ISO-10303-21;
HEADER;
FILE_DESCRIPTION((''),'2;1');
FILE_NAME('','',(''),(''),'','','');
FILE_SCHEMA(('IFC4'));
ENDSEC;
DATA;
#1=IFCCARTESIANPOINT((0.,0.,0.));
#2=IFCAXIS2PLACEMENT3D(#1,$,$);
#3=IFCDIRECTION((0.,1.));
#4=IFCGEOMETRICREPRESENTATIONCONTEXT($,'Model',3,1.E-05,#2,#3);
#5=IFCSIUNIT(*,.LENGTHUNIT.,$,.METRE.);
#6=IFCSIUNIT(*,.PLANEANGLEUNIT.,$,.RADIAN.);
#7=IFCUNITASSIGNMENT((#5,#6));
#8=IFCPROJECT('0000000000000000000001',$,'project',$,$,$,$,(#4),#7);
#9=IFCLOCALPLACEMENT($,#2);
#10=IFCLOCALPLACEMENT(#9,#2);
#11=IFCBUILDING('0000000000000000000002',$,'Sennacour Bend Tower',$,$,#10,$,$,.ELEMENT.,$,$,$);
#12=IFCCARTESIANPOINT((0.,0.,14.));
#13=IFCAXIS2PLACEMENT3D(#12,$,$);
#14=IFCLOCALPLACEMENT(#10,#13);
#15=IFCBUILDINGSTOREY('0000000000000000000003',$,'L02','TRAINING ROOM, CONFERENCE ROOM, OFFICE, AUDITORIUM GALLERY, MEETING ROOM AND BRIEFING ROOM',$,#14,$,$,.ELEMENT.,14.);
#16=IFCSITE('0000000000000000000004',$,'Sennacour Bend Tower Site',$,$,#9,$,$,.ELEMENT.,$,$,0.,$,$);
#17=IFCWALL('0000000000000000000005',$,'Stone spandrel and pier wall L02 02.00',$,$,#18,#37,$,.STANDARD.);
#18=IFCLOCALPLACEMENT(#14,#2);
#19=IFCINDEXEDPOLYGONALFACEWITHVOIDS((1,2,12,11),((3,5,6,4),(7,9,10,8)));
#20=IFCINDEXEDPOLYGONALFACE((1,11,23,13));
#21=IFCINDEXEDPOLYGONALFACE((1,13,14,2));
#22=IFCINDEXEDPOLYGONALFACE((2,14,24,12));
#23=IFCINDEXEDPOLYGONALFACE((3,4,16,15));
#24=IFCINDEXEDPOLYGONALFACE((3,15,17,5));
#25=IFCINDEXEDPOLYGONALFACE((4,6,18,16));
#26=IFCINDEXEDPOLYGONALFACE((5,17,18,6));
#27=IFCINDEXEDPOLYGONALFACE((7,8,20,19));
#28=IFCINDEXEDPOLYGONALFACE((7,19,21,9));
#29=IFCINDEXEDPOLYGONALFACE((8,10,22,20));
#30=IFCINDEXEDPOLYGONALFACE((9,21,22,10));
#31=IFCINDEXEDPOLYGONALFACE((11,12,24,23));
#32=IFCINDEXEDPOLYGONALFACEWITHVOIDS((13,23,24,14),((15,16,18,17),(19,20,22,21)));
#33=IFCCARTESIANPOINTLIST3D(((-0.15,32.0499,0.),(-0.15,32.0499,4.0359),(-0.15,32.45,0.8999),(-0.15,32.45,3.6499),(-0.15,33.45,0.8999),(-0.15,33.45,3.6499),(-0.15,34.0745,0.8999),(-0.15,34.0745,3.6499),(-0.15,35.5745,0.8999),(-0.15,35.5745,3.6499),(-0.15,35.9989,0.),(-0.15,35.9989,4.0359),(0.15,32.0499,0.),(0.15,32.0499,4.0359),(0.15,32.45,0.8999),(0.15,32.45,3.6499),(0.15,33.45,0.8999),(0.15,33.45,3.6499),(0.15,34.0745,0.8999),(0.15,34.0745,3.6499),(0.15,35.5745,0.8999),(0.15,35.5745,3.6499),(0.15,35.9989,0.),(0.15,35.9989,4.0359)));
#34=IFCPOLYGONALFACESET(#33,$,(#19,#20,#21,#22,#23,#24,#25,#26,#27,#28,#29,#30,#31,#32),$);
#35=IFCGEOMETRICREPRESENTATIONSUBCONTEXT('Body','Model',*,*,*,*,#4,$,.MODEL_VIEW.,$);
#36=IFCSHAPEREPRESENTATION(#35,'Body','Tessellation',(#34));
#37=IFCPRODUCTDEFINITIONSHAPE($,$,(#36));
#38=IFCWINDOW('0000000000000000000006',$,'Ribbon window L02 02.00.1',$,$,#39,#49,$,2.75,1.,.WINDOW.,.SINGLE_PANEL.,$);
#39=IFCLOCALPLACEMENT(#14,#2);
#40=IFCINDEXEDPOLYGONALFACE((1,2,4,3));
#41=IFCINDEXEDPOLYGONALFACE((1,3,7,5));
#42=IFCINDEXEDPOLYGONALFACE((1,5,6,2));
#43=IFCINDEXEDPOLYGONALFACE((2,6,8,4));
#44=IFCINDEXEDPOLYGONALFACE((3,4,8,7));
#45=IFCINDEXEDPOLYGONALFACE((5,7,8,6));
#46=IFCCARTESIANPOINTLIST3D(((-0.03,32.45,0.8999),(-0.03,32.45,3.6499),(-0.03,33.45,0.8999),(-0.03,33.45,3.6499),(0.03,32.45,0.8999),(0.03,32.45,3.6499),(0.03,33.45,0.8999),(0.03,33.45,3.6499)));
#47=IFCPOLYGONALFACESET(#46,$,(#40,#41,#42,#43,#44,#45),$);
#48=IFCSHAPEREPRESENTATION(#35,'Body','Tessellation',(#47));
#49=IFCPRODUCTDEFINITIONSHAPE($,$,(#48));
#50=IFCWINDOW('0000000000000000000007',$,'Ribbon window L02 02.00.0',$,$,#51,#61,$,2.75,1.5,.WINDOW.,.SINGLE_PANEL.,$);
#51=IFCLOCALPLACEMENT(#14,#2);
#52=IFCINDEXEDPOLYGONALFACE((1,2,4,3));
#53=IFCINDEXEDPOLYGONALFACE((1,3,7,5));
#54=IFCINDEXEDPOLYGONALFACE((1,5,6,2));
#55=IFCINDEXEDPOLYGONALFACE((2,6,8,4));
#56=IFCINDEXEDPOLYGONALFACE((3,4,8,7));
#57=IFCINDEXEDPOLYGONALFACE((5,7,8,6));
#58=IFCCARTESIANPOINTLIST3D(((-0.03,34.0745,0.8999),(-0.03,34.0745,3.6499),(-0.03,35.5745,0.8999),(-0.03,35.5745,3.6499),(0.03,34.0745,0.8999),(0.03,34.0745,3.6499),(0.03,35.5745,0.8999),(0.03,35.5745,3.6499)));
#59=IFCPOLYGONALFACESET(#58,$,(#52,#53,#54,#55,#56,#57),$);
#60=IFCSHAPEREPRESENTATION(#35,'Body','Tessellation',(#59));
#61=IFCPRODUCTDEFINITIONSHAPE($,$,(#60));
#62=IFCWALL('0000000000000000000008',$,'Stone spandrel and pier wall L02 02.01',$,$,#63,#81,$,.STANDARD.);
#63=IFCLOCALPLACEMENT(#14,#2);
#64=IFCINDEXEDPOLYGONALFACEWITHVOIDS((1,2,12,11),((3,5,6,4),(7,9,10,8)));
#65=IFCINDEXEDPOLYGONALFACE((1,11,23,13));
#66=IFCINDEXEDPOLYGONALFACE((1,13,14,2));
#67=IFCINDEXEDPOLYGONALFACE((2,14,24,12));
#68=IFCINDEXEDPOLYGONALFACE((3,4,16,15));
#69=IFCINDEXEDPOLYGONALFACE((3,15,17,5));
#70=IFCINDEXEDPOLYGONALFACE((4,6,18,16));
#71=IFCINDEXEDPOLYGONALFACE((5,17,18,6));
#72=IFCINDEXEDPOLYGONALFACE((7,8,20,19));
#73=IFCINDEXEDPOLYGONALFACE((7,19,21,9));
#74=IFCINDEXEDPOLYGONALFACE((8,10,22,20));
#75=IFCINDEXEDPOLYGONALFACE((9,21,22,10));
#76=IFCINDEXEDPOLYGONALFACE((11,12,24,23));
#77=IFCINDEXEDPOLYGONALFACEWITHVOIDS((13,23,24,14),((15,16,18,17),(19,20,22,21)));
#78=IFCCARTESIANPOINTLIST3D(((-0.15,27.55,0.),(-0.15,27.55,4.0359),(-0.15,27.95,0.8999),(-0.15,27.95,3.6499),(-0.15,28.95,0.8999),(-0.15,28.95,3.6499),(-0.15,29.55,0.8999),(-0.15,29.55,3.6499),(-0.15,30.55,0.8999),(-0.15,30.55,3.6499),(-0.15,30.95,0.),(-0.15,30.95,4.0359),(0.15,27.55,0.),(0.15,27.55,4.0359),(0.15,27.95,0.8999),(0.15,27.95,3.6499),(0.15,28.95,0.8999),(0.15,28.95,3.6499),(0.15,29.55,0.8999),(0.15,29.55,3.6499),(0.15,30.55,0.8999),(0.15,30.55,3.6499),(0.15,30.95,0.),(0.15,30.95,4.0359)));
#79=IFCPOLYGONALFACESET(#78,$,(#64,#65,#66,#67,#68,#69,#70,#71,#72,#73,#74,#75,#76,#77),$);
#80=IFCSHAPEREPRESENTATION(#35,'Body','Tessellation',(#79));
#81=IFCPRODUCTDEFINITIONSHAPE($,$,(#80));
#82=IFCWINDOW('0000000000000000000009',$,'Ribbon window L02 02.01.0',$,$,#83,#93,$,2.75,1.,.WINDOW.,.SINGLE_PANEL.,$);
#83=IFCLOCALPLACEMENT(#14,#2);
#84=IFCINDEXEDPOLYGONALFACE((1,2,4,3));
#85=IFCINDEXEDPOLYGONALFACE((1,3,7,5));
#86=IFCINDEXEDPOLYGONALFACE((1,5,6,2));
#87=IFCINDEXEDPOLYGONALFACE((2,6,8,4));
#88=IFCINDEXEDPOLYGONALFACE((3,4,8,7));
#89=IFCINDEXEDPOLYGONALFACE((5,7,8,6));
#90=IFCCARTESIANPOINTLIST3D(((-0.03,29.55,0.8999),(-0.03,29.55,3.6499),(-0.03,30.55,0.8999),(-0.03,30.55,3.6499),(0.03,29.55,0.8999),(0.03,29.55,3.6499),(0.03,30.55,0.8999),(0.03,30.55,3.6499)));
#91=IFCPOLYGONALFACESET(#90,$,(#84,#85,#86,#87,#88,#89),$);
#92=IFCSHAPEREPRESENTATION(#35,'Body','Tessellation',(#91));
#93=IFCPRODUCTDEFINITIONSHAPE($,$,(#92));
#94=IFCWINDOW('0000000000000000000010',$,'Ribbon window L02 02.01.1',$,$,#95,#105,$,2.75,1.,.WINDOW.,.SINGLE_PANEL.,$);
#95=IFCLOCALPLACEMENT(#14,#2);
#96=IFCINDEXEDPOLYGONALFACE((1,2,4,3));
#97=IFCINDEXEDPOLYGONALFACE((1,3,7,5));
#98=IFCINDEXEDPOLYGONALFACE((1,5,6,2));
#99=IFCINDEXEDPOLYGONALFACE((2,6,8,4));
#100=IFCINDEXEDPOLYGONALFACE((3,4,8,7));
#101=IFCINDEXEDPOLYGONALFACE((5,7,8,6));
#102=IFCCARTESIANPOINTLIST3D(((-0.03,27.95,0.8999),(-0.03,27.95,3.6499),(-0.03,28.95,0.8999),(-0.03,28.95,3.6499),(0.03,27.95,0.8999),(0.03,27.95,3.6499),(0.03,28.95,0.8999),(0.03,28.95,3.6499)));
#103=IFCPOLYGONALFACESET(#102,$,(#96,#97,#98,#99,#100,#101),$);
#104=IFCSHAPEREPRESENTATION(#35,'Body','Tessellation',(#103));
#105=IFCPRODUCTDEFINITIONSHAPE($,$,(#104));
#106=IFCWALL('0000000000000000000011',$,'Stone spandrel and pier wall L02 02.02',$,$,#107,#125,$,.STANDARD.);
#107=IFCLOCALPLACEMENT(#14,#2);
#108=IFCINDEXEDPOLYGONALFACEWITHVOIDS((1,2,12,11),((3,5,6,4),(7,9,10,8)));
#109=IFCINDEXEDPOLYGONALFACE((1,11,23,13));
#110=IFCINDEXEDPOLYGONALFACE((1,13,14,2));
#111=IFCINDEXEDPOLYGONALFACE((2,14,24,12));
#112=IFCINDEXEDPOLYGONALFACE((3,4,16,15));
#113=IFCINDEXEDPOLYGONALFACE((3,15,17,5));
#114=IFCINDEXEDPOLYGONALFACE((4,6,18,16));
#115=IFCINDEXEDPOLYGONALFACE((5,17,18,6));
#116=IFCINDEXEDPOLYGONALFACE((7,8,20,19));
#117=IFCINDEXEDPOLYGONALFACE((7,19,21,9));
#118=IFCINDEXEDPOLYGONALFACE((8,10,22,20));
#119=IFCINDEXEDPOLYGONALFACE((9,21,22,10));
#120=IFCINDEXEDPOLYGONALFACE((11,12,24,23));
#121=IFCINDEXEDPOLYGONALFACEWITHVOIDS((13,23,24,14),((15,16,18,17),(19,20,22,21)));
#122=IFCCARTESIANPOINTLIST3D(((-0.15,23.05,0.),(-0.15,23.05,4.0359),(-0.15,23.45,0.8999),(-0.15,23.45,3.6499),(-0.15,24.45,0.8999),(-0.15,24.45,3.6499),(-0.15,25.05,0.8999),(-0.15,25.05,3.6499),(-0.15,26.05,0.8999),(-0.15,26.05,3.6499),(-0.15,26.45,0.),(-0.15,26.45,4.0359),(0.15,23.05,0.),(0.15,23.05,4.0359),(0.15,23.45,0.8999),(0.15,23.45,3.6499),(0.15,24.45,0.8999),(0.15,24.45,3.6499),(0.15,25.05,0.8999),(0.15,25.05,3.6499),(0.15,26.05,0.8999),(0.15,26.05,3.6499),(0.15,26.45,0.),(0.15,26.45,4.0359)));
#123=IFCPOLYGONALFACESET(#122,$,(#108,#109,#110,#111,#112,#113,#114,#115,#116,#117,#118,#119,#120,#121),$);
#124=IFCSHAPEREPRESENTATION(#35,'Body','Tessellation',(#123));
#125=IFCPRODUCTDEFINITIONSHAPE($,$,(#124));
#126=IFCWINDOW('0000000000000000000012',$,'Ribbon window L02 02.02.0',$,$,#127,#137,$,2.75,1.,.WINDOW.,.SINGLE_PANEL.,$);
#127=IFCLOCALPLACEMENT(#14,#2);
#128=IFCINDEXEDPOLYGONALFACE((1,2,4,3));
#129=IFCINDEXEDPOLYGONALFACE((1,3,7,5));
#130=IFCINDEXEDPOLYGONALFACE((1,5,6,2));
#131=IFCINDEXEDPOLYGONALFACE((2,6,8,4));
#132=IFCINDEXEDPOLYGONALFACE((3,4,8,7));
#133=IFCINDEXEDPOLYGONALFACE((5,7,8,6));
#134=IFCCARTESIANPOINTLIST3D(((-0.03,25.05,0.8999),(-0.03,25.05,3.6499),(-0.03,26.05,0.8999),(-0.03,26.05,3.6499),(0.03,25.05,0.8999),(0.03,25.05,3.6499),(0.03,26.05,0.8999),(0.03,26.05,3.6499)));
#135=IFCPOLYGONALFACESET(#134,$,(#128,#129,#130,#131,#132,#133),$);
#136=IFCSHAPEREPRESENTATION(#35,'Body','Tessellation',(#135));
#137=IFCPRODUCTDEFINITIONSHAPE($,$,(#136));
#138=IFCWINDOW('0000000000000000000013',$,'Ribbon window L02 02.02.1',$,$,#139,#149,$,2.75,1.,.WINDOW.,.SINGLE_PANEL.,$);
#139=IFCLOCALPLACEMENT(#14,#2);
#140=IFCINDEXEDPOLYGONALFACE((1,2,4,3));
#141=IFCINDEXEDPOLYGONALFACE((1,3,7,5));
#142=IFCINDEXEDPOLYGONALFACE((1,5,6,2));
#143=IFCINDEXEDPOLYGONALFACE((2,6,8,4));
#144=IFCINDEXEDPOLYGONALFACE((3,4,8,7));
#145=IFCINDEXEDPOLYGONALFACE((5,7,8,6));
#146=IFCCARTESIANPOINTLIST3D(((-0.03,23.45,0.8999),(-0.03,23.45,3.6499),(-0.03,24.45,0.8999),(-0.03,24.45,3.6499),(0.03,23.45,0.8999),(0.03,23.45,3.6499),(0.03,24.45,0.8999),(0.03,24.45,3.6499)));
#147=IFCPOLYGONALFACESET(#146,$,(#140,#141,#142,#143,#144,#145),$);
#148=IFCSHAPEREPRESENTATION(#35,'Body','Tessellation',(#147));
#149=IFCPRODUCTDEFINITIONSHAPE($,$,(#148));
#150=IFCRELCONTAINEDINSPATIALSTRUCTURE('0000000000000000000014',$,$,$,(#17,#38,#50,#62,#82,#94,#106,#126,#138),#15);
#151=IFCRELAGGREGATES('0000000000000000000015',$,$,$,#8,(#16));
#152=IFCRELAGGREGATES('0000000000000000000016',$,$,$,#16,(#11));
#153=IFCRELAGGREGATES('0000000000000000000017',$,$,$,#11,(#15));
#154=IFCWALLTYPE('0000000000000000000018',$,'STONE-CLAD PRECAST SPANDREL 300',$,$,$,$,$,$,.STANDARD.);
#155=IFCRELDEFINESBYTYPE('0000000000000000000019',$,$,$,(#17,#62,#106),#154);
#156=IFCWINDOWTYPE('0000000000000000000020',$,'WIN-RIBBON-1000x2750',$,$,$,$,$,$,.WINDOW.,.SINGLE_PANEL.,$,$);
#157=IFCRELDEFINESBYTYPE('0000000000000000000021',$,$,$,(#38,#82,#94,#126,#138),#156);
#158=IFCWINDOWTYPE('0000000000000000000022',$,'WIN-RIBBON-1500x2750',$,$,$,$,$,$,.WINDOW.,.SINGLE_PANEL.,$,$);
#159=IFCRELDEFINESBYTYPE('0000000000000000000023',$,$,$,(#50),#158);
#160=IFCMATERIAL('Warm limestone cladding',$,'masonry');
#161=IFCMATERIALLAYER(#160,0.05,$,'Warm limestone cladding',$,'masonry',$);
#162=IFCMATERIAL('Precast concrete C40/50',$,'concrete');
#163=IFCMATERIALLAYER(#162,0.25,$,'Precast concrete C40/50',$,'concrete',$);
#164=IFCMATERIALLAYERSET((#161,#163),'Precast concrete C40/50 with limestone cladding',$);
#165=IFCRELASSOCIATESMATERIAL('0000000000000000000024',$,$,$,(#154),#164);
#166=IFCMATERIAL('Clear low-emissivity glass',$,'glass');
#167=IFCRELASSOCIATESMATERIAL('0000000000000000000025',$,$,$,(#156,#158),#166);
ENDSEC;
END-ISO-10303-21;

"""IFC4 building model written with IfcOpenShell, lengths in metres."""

from ifc_helpers import new_model, si_unit, direction, frame, frame_2d, origin, place, context, subcontext, project, spatial, rectangle, extrude, material, layer, layer_set, type_object, element, fill, save


model = new_model("IFC4")

# Units and contexts
model_context = context("Model", 3, precision=1e-05, world=origin(), true_north=direction((0.0, 1.0)))
body_context = subcontext(model_context, "Body", "Model", "MODEL_VIEW")
ifc_project = project(units=[si_unit("LENGTHUNIT", "METRE"), si_unit("PLANEANGLEUNIT", "RADIAN")], contexts=[model_context])

# Site, building, storey
site_placement = place(None, origin())
site = spatial("IfcSite", under=ifc_project, at=site_placement, Name="Sennacour Bend Tower Site", CompositionType="ELEMENT", RefElevation=0.0)
building_placement = place(site_placement, origin())
building = spatial("IfcBuilding", under=site, at=building_placement, Name="Sennacour Bend Tower", CompositionType="ELEMENT")
storey_placement = place(building_placement, frame((0.0, 0.0, 14.0)))
storey = spatial("IfcBuildingStorey", under=building, at=storey_placement, Name="L02", Description="TRAINING ROOM, CONFERENCE ROOM, OFFICE, AUDITORIUM GALLERY, MEETING ROOM AND BRIEFING ROOM", CompositionType="ELEMENT", Elevation=14.0)

# Walls, openings, windows
ifc_material_1 = material(Name="Warm limestone cladding", Category="masonry")
ifc_layer_1 = layer(ifc_material_1, 0.05, Name="Warm limestone cladding", Category="masonry")
ifc_material_2 = material(Name="Precast concrete C40/50", Category="concrete")
ifc_layer_2 = layer(ifc_material_2, 0.25, Name="Precast concrete C40/50", Category="concrete")
ifc_layer_set_1 = layer_set([ifc_layer_1, ifc_layer_2], Name="Precast concrete C40/50 with limestone cladding")
wall_type_1 = type_object("IfcWallType", Name="STONE-CLAD PRECAST SPANDREL 300", PredefinedType="STANDARD", material=ifc_layer_set_1)
wall_1_placement = place(storey_placement, frame((0.0, 35.999, 0.0), z_axis=(0.0, 0.0, 1.0), x_axis=(0.0, -1.0, 0.0)))
wall_1 = element("IfcWall", 1, at=wall_1_placement, inside=storey, type_object=wall_type_1, Name="Stone spandrel and pier wall L02 02.00", PredefinedType="STANDARD", context=body_context, shape_type="SweptSolid", body=[
    extrude(rectangle(XDim=3.949, YDim=0.3, at=frame_2d((1.9746, 0.0))), origin(), (0.0, 0.0, 1.0), 4.0359),
])
opening_1_placement = place(wall_1_placement, frame((0.4246, 0.0, 0.8999)))
opening_1 = element("IfcOpeningElement", 2, at=opening_1_placement, cuts=wall_1, PredefinedType="OPENING", context=body_context, shape_type="SweptSolid", body=[
    extrude(rectangle(XDim=1.5, YDim=2.75, at=frame_2d((0.75, 1.375))), frame((0.0, 0.1602, 0.0), z_axis=(0.0, -1.0, 0.0), x_axis=(1.0, 0.0, 0.0)), (0.0, 0.0, 1.0), 0.3201),
])
opening_2_placement = place(wall_1_placement, frame((2.5491, 0.0, 0.8999)))
opening_2 = element("IfcOpeningElement", 3, at=opening_2_placement, cuts=wall_1, PredefinedType="OPENING", context=body_context, shape_type="SweptSolid", body=[
    extrude(rectangle(XDim=1.0, YDim=2.75, at=frame_2d((0.5, 1.375))), frame((0.0, 0.1602, 0.0), z_axis=(0.0, -1.0, 0.0), x_axis=(1.0, 0.0, 0.0)), (0.0, 0.0, 1.0), 0.3201),
])
ifc_material_3 = material(Name="Clear low-emissivity glass", Category="glass")
window_type_1 = type_object("IfcWindowType", Name="WIN-RIBBON-1000x2750", PartitioningType="SINGLE_PANEL", PredefinedType="WINDOW", material=ifc_material_3)
window_1_placement = place(opening_2_placement, origin())
window_1 = element("IfcWindow", 4, at=window_1_placement, inside=storey, type_object=window_type_1, Name="Ribbon window L02 02.00.1", OverallHeight=2.75, OverallWidth=1.0, PartitioningType="SINGLE_PANEL", PredefinedType="WINDOW", context=body_context, shape_type="SweptSolid", body=[
    extrude(rectangle(XDim=1.0, YDim=2.75, at=frame_2d((0.5, 1.375))), frame((0.0, 0.03, 0.0), z_axis=(0.0, -1.0, 0.0), x_axis=(1.0, 0.0, 0.0)), (0.0, 0.0, 1.0), 0.0601),
])
fill(opening_2, window_1)
window_type_2 = type_object("IfcWindowType", Name="WIN-RIBBON-1500x2750", PartitioningType="SINGLE_PANEL", PredefinedType="WINDOW", material=ifc_material_3)
window_2_placement = place(opening_1_placement, origin())
window_2 = element("IfcWindow", 5, at=window_2_placement, inside=storey, type_object=window_type_2, Name="Ribbon window L02 02.00.0", OverallHeight=2.75, OverallWidth=1.5, PartitioningType="SINGLE_PANEL", PredefinedType="WINDOW", context=body_context, shape_type="SweptSolid", body=[
    extrude(rectangle(XDim=1.5, YDim=2.75, at=frame_2d((0.75, 1.375))), frame((0.0, 0.03, 0.0), z_axis=(0.0, -1.0, 0.0), x_axis=(1.0, 0.0, 0.0)), (0.0, 0.0, 1.0), 0.0601),
])
fill(opening_1, window_2)
wall_2_placement = place(storey_placement, frame((0.0, 30.95, 0.0), z_axis=(0.0, 0.0, 1.0), x_axis=(0.0, -1.0, 0.0)))
wall_2 = element("IfcWall", 6, at=wall_2_placement, inside=storey, type_object=wall_type_1, Name="Stone spandrel and pier wall L02 02.01", PredefinedType="STANDARD", context=body_context, shape_type="SweptSolid", body=[
    extrude(rectangle(XDim=3.3999, YDim=0.3, at=frame_2d((1.7, 0.0))), origin(), (0.0, 0.0, 1.0), 4.0359),
])
opening_3_placement = place(wall_2_placement, frame((0.3999, 0.0, 0.8999)))
opening_3 = element("IfcOpeningElement", 7, at=opening_3_placement, cuts=wall_2, PredefinedType="OPENING", context=body_context, shape_type="SweptSolid", body=[
    extrude(rectangle(XDim=1.0, YDim=2.75, at=frame_2d((0.5, 1.375))), frame((0.0, 0.1602, 0.0), z_axis=(0.0, -1.0, 0.0), x_axis=(1.0, 0.0, 0.0)), (0.0, 0.0, 1.0), 0.3201),
])
opening_4_placement = place(wall_2_placement, frame((2.0, 0.0, 0.8999)))
opening_4 = element("IfcOpeningElement", 8, at=opening_4_placement, cuts=wall_2, PredefinedType="OPENING", context=body_context, shape_type="SweptSolid", body=[
    extrude(rectangle(XDim=1.0, YDim=2.75, at=frame_2d((0.5, 1.375))), frame((0.0, 0.1602, 0.0), z_axis=(0.0, -1.0, 0.0), x_axis=(1.0, 0.0, 0.0)), (0.0, 0.0, 1.0), 0.3201),
])
window_3_placement = place(opening_3_placement, origin())
window_3 = element("IfcWindow", 9, at=window_3_placement, inside=storey, type_object=window_type_1, Name="Ribbon window L02 02.01.0", OverallHeight=2.75, OverallWidth=1.0, PartitioningType="SINGLE_PANEL", PredefinedType="WINDOW", context=body_context, shape_type="SweptSolid", body=[
    extrude(rectangle(XDim=1.0, YDim=2.75, at=frame_2d((0.5, 1.375))), frame((0.0, 0.03, 0.0), z_axis=(0.0, -1.0, 0.0), x_axis=(1.0, 0.0, 0.0)), (0.0, 0.0, 1.0), 0.0601),
])
fill(opening_3, window_3)
window_4_placement = place(opening_4_placement, origin())
window_4 = element("IfcWindow", 10, at=window_4_placement, inside=storey, type_object=window_type_1, Name="Ribbon window L02 02.01.1", OverallHeight=2.75, OverallWidth=1.0, PartitioningType="SINGLE_PANEL", PredefinedType="WINDOW", context=body_context, shape_type="SweptSolid", body=[
    extrude(rectangle(XDim=1.0, YDim=2.75, at=frame_2d((0.5, 1.375))), frame((0.0, 0.03, 0.0), z_axis=(0.0, -1.0, 0.0), x_axis=(1.0, 0.0, 0.0)), (0.0, 0.0, 1.0), 0.0601),
])
fill(opening_4, window_4)
wall_3_placement = place(storey_placement, frame((0.0, 26.45, 0.0), z_axis=(0.0, 0.0, 1.0), x_axis=(0.0, -1.0, 0.0)))
wall_3 = element("IfcWall", 11, at=wall_3_placement, inside=storey, type_object=wall_type_1, Name="Stone spandrel and pier wall L02 02.02", PredefinedType="STANDARD", context=body_context, shape_type="SweptSolid", body=[
    extrude(rectangle(XDim=3.3999, YDim=0.3, at=frame_2d((1.7, 0.0))), origin(), (0.0, 0.0, 1.0), 4.0359),
])
opening_5_placement = place(wall_3_placement, frame((0.3999, 0.0, 0.8999)))
opening_5 = element("IfcOpeningElement", 12, at=opening_5_placement, cuts=wall_3, PredefinedType="OPENING", context=body_context, shape_type="SweptSolid", body=[
    extrude(rectangle(XDim=1.0, YDim=2.75, at=frame_2d((0.5, 1.375))), frame((0.0, 0.1602, 0.0), z_axis=(0.0, -1.0, 0.0), x_axis=(1.0, 0.0, 0.0)), (0.0, 0.0, 1.0), 0.3201),
])
opening_6_placement = place(wall_3_placement, frame((2.0, 0.0, 0.8999)))
opening_6 = element("IfcOpeningElement", 13, at=opening_6_placement, cuts=wall_3, PredefinedType="OPENING", context=body_context, shape_type="SweptSolid", body=[
    extrude(rectangle(XDim=1.0, YDim=2.75, at=frame_2d((0.5, 1.375))), frame((0.0, 0.1602, 0.0), z_axis=(0.0, -1.0, 0.0), x_axis=(1.0, 0.0, 0.0)), (0.0, 0.0, 1.0), 0.3201),
])
window_5_placement = place(opening_5_placement, origin())
window_5 = element("IfcWindow", 14, at=window_5_placement, inside=storey, type_object=window_type_1, Name="Ribbon window L02 02.02.0", OverallHeight=2.75, OverallWidth=1.0, PartitioningType="SINGLE_PANEL", PredefinedType="WINDOW", context=body_context, shape_type="SweptSolid", body=[
    extrude(rectangle(XDim=1.0, YDim=2.75, at=frame_2d((0.5, 1.375))), frame((0.0, 0.03, 0.0), z_axis=(0.0, -1.0, 0.0), x_axis=(1.0, 0.0, 0.0)), (0.0, 0.0, 1.0), 0.0601),
])
fill(opening_5, window_5)
window_6_placement = place(opening_6_placement, origin())
window_6 = element("IfcWindow", 15, at=window_6_placement, inside=storey, type_object=window_type_1, Name="Ribbon window L02 02.02.1", OverallHeight=2.75, OverallWidth=1.0, PartitioningType="SINGLE_PANEL", PredefinedType="WINDOW", context=body_context, shape_type="SweptSolid", body=[
    extrude(rectangle(XDim=1.0, YDim=2.75, at=frame_2d((0.5, 1.375))), frame((0.0, 0.03, 0.0), z_axis=(0.0, -1.0, 0.0), x_axis=(1.0, 0.0, 0.0)), (0.0, 0.0, 1.0), 0.0601),
])
fill(opening_6, window_6)

save(model, "model.ifc")
